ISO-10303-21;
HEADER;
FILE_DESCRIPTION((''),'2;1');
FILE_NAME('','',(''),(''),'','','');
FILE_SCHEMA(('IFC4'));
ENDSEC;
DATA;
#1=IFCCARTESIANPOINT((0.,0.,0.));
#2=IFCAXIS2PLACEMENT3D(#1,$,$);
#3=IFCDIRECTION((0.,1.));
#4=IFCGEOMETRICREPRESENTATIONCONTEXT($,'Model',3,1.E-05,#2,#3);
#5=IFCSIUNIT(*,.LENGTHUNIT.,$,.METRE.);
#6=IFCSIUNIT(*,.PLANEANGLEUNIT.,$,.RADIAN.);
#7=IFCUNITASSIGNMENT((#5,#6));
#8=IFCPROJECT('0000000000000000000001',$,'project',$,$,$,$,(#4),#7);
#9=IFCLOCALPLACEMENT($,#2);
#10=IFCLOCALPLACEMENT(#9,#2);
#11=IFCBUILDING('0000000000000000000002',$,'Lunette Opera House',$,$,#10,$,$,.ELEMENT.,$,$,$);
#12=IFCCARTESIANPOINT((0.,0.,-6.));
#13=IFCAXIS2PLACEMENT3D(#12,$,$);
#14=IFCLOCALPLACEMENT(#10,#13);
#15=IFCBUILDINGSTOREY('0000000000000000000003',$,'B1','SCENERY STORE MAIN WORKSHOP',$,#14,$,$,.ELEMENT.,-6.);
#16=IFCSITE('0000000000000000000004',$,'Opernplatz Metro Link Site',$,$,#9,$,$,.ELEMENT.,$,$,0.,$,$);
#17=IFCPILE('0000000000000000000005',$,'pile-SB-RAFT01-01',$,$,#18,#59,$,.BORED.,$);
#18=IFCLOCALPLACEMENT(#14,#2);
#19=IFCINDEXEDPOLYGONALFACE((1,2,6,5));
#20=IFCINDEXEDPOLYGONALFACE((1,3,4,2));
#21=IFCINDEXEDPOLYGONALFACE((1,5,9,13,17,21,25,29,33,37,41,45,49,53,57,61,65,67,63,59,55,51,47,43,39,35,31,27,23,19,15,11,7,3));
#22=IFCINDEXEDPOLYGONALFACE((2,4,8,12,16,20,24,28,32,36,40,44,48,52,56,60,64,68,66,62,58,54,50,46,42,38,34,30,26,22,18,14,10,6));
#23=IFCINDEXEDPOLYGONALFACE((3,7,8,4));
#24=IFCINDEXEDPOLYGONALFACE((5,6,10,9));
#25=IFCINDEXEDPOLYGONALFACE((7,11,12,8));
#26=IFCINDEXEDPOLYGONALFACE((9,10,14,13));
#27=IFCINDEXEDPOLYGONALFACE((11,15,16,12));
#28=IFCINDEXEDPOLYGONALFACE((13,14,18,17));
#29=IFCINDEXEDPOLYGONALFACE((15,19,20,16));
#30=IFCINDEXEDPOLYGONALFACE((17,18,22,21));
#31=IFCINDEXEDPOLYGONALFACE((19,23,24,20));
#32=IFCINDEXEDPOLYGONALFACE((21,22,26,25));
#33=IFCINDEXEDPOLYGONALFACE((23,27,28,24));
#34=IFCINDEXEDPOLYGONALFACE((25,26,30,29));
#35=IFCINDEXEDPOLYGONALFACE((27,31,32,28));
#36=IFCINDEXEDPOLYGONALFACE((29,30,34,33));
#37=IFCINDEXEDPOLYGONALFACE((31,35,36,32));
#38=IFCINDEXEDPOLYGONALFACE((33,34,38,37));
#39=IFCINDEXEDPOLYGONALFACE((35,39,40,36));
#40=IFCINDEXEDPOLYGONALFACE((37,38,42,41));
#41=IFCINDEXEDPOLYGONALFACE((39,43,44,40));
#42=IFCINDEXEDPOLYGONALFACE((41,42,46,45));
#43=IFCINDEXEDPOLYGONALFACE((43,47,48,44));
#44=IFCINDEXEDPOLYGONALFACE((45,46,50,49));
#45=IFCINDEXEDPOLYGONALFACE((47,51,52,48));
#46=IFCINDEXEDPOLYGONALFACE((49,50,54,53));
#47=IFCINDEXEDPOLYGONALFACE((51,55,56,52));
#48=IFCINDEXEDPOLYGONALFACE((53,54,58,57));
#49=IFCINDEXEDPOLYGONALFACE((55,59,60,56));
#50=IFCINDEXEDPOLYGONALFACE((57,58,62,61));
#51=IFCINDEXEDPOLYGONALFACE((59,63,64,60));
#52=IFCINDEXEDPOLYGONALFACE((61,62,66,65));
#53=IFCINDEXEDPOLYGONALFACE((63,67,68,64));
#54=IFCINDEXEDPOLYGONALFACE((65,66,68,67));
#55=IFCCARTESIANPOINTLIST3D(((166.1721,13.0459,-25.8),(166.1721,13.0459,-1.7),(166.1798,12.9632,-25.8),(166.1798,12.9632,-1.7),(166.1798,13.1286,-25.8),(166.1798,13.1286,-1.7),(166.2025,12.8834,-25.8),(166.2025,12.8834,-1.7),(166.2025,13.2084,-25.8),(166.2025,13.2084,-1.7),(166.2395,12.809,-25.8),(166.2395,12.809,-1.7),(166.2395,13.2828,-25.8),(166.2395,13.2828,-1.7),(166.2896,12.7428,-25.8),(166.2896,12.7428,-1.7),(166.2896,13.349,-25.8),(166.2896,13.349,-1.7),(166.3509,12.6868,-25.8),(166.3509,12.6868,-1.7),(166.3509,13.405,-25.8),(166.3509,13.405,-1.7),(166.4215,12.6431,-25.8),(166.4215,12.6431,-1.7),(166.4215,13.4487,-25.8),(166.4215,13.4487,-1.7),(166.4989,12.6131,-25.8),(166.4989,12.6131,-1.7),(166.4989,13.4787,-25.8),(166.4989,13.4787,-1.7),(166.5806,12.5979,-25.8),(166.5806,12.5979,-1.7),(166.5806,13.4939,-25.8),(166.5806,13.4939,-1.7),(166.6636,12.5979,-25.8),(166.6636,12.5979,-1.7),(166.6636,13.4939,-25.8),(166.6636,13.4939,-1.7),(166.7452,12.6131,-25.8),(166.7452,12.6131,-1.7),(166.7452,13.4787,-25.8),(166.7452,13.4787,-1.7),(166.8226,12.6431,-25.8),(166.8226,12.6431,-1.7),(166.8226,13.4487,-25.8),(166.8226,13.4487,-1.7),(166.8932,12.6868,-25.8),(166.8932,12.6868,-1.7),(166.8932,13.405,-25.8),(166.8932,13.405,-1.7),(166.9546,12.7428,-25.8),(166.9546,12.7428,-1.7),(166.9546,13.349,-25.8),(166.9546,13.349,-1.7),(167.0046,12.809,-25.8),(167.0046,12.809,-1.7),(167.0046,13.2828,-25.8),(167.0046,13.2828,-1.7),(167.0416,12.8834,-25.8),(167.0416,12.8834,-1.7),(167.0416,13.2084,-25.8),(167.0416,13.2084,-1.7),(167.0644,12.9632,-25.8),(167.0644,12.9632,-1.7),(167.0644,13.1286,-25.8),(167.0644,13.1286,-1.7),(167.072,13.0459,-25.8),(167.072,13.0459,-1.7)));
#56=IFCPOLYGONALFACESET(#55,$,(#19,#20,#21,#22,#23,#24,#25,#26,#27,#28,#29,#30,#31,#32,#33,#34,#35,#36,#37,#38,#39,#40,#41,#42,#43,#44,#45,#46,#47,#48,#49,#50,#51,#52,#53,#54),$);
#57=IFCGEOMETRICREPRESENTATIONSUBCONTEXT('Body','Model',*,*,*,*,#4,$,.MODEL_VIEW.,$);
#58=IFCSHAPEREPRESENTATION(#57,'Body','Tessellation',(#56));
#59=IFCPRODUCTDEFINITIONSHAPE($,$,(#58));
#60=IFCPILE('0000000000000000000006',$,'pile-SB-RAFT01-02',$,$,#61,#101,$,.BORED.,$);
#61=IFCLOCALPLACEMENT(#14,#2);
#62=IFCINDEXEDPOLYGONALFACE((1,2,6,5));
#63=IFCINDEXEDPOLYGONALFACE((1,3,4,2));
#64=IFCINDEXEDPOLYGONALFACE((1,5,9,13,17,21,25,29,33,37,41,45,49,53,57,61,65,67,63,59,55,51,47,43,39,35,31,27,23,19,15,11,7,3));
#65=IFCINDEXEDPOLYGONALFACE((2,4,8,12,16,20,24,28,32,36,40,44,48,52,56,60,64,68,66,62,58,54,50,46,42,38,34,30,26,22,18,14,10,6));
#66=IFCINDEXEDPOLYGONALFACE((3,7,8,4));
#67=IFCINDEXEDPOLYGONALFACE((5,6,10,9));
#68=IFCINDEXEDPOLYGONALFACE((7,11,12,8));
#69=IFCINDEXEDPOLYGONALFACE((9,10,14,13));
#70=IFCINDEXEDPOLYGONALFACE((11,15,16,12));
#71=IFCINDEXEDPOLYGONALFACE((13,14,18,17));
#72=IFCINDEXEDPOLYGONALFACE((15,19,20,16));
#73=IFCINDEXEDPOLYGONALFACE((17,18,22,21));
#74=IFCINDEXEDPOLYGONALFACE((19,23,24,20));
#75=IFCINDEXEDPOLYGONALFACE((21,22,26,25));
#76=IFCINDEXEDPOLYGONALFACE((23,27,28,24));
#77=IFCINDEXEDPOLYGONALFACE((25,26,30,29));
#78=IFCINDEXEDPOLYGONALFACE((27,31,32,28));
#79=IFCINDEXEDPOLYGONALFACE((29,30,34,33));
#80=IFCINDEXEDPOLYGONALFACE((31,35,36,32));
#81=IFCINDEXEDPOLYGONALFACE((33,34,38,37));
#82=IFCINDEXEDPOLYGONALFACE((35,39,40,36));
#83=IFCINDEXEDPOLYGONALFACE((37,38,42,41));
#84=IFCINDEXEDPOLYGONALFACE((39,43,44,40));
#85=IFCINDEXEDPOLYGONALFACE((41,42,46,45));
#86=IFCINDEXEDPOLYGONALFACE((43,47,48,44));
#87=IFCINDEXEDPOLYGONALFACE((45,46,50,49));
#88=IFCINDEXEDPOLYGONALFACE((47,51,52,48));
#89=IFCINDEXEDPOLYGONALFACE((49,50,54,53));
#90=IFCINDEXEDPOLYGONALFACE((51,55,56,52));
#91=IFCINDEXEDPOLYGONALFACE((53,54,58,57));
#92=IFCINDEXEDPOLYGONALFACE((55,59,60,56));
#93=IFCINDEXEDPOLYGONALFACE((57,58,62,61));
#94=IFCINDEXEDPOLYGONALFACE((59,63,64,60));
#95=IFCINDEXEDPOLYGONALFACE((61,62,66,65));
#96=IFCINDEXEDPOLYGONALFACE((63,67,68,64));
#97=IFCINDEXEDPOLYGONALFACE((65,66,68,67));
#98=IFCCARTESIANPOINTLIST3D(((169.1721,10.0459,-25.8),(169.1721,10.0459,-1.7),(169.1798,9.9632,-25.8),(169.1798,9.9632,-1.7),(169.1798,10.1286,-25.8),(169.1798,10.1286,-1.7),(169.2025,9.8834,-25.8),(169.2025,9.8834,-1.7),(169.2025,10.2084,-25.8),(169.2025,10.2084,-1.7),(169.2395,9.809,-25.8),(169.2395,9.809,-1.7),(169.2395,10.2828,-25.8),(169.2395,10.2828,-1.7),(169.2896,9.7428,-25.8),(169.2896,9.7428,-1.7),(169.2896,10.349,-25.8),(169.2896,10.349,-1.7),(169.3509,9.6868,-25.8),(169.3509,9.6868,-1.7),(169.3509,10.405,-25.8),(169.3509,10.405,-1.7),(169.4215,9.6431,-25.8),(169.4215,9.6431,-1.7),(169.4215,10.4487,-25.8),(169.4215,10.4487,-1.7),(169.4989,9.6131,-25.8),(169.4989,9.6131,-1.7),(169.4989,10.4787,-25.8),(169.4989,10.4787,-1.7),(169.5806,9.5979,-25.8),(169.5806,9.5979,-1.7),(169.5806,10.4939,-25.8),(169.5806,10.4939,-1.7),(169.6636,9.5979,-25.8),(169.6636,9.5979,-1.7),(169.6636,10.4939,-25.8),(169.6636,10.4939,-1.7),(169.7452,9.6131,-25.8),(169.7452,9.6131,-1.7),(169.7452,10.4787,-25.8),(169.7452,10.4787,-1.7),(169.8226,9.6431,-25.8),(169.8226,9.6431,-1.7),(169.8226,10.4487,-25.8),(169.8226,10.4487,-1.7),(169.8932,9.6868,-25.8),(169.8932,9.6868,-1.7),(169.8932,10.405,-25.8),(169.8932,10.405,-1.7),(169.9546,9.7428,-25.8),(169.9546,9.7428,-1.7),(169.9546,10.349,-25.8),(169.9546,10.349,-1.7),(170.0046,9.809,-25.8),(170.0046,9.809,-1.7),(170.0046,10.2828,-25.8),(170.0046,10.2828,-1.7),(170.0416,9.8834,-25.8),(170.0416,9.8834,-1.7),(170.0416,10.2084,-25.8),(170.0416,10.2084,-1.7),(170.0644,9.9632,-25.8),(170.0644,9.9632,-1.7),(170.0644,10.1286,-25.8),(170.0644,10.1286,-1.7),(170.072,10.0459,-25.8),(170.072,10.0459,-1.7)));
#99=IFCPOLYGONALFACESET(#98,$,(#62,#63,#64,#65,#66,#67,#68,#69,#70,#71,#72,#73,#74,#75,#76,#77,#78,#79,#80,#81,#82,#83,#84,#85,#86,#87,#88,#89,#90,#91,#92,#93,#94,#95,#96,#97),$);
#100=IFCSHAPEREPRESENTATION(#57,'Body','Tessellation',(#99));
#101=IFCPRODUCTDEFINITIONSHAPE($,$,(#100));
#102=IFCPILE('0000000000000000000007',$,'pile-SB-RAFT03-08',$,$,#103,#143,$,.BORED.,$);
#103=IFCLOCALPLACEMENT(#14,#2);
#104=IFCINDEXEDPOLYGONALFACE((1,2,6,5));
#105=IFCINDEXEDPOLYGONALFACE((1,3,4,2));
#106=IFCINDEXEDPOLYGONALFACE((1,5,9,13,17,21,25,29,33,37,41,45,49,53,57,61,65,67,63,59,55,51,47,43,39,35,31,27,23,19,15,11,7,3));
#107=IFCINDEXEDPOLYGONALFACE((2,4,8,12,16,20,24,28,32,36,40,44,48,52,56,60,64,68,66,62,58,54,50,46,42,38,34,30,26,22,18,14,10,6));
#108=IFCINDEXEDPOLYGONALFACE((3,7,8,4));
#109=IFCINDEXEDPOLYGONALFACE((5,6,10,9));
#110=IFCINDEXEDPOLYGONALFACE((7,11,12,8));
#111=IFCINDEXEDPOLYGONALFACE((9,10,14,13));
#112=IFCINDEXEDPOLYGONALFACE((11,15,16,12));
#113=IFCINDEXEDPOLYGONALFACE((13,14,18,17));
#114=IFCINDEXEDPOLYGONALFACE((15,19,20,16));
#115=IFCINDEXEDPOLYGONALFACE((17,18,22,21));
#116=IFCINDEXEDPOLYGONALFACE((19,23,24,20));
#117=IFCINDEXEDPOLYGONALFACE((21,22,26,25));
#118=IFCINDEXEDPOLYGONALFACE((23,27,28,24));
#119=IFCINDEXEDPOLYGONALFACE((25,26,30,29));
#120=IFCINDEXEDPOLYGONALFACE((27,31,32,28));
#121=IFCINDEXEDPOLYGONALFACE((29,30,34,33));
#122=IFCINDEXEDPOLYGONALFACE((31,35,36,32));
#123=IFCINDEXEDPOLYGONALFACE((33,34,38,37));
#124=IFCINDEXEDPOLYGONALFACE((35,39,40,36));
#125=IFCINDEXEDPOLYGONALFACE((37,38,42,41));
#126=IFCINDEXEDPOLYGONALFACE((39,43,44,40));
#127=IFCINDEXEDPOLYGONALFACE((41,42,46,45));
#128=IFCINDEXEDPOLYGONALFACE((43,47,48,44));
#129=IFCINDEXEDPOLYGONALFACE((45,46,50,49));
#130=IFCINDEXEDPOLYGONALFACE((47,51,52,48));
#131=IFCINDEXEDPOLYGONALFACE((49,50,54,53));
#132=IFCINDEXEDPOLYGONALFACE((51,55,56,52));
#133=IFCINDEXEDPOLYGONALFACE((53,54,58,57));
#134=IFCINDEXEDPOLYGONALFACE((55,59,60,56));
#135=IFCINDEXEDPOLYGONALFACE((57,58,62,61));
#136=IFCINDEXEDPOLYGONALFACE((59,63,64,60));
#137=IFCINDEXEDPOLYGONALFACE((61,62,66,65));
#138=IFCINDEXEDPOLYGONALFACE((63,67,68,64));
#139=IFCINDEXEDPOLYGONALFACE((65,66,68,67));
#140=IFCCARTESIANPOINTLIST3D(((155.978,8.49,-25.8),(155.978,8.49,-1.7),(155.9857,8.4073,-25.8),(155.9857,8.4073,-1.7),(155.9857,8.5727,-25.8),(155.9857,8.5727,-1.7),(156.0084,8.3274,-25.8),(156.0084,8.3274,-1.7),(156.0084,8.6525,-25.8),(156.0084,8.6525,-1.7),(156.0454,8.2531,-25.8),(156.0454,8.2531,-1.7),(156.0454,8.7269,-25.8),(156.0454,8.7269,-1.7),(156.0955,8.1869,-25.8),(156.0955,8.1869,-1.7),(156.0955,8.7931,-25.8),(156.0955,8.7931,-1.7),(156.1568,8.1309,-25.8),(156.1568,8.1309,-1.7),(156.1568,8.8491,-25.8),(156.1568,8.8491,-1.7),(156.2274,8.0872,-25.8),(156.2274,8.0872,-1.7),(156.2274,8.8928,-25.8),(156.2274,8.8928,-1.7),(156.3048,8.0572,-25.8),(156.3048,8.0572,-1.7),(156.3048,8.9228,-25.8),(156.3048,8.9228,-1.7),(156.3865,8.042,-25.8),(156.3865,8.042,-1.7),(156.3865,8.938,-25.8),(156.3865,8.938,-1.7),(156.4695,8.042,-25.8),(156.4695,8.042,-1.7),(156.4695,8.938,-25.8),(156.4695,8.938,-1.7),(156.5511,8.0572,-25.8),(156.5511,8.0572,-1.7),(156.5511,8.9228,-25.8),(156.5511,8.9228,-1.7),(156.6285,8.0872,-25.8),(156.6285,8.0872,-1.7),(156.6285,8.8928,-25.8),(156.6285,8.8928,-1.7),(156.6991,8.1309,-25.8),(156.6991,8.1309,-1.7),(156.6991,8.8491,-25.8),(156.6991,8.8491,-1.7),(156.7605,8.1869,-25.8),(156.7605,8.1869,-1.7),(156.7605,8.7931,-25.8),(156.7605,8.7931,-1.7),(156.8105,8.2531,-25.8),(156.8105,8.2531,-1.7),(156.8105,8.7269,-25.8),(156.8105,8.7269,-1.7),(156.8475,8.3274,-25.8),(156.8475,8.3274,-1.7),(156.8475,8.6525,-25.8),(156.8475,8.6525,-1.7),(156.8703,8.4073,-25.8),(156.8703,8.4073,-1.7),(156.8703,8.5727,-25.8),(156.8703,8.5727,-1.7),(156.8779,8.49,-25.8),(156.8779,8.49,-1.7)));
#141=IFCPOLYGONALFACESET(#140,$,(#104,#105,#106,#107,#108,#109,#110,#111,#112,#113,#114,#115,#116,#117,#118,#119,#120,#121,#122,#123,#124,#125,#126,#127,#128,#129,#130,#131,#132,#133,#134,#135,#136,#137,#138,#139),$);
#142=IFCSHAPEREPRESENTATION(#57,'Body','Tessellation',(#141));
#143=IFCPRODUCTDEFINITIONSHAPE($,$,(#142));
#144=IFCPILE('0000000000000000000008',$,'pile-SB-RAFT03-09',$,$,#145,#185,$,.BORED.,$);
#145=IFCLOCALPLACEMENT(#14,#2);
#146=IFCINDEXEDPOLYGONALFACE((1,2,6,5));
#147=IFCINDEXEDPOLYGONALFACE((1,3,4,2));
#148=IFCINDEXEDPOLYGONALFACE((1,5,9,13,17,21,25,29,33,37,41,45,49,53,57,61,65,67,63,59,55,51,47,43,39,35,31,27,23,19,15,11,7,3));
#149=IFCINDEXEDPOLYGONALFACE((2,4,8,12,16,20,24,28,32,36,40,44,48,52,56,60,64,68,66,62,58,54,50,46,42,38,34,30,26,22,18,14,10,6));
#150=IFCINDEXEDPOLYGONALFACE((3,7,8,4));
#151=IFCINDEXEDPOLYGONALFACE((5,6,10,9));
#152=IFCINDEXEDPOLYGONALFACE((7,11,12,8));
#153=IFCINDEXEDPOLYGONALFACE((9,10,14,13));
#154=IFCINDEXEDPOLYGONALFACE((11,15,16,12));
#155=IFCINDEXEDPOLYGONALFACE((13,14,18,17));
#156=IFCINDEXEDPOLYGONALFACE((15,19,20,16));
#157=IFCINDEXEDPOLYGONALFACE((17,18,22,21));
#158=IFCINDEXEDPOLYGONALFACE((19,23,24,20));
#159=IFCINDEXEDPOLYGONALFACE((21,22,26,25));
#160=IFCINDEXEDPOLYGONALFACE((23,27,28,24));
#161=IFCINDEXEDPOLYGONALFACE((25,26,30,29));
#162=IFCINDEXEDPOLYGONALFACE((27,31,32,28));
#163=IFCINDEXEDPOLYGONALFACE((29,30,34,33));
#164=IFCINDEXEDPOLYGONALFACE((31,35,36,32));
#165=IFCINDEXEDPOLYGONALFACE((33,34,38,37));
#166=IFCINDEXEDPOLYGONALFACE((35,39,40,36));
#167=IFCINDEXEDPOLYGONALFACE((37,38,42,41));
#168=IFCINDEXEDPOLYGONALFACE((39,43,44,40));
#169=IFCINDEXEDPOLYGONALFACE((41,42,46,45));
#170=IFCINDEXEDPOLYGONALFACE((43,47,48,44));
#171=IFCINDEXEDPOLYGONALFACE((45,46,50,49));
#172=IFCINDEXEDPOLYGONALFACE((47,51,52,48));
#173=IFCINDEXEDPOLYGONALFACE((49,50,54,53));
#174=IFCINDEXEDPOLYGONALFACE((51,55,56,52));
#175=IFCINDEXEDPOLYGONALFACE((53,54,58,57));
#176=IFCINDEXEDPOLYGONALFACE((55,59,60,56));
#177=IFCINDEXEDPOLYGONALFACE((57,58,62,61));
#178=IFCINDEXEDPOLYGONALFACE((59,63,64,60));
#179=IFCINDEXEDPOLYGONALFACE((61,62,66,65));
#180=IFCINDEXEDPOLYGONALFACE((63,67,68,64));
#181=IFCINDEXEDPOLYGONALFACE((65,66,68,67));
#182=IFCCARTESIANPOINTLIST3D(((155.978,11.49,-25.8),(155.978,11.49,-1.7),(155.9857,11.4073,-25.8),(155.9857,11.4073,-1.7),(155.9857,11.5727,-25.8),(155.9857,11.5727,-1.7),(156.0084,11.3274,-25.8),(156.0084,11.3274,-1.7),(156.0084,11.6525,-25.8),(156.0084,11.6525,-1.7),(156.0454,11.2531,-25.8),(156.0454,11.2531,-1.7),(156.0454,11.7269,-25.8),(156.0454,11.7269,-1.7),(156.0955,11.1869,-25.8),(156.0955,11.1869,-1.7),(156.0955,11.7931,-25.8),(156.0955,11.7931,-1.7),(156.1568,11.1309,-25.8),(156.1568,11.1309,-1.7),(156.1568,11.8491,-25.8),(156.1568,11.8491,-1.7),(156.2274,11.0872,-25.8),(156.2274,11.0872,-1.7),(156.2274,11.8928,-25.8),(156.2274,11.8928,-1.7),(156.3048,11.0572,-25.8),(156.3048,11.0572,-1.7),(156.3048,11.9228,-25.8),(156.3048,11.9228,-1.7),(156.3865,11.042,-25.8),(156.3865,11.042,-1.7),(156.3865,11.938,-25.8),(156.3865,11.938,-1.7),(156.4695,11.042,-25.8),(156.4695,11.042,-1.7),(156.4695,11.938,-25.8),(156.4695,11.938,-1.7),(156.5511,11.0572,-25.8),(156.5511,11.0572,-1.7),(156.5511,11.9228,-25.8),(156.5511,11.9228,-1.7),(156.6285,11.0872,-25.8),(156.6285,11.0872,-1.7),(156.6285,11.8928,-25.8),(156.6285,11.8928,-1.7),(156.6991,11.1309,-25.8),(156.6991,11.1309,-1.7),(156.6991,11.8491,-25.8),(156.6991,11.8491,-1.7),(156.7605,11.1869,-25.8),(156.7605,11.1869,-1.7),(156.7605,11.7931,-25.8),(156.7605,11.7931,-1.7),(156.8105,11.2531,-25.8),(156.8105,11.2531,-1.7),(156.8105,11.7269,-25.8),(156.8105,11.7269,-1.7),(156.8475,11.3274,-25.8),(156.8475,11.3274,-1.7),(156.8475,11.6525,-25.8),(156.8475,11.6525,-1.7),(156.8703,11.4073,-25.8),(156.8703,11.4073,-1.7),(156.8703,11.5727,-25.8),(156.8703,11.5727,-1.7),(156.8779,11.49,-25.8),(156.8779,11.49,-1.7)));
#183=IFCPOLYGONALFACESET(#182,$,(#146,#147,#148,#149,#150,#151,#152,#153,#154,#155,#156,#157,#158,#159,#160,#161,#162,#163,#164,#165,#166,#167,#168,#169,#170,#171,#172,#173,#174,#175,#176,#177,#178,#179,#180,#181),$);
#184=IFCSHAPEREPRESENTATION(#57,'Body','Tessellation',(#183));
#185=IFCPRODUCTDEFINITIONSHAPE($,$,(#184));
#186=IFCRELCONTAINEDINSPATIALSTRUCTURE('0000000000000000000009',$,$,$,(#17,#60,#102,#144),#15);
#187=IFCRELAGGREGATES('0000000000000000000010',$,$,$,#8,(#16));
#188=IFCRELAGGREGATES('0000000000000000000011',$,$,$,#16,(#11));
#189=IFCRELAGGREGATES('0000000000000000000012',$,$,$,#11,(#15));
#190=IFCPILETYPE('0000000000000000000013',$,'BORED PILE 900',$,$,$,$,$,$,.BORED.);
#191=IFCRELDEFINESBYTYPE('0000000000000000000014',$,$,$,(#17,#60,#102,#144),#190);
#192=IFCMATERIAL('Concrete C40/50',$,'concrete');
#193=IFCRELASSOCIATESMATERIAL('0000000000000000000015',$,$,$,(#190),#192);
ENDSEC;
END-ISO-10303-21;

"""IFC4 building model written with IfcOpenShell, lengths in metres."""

from ifc_helpers import new_model, si_unit, direction, frame, origin, origin_2d, place, context, subcontext, project, spatial, circle, extrude, material, material_profile, profile_set, type_object, element, save


model = new_model("IFC4")

# Units and contexts
model_context = context("Model", 3, precision=1e-05, world=origin(), true_north=direction((0.0, 1.0)))
body_context = subcontext(model_context, "Body", "Model", "MODEL_VIEW")
ifc_project = project(units=[si_unit("LENGTHUNIT", "METRE"), si_unit("PLANEANGLEUNIT", "RADIAN")], contexts=[model_context])

# Site, building, storey
site_placement = place(None, origin())
site = spatial("IfcSite", under=ifc_project, at=site_placement, Name="Opernplatz Metro Link Site", CompositionType="ELEMENT", RefElevation=0.0)
building_placement = place(site_placement, origin())
building = spatial("IfcBuilding", under=site, at=building_placement, Name="Lunette Opera House", CompositionType="ELEMENT")
storey_placement = place(building_placement, frame((0.0, 0.0, -6.0)))
storey = spatial("IfcBuildingStorey", under=building, at=storey_placement, Name="B1", Description="SCENERY STORE MAIN WORKSHOP", CompositionType="ELEMENT", Elevation=-6.0)

# Piles
ifc_material_1 = material(Name="Concrete C40/50", Category="concrete")
ifc_material_profile_1 = material_profile(ifc_material_1, circle(Radius=0.45, at=origin_2d()), Name="BORED PILE 900")
ifc_profile_set_1 = profile_set([ifc_material_profile_1], Name="Concrete C40/50")
pile_type = type_object("IfcPileType", Name="BORED PILE 900", PredefinedType="BORED", material=ifc_profile_set_1)
for number, where, z_axis, x_axis, name in (
    (1, (166.6221, 13.0459, -1.7), (0.0, 0.0, -1.0), (1.0, 0.0, 0.0), "pile-SB-RAFT01-01"),
    (2, (169.6221, 10.0459, -1.7), (0.0, 0.0, -1.0), (1.0, 0.0, 0.0), "pile-SB-RAFT01-02"),
    (3, (156.428, 8.49, -1.7), (0.0, 0.0, -1.0), (1.0, 0.0, 0.0), "pile-SB-RAFT03-08"),
    (4, (156.428, 11.49, -1.7), (0.0, 0.0, -1.0), (1.0, 0.0, 0.0), "pile-SB-RAFT03-09"),
):
    element("IfcPile", number, at=place(storey_placement, frame(where, z_axis=z_axis, x_axis=x_axis)), inside=storey, type_object=pile_type, Name=name, PredefinedType="BORED", context=body_context, shape_type="SweptSolid", body=[
        extrude(circle(Radius=0.45, at=origin_2d()), origin(), (0.0, 0.0, 1.0), 24.1001),
    ])

save(model, "model.ifc")
